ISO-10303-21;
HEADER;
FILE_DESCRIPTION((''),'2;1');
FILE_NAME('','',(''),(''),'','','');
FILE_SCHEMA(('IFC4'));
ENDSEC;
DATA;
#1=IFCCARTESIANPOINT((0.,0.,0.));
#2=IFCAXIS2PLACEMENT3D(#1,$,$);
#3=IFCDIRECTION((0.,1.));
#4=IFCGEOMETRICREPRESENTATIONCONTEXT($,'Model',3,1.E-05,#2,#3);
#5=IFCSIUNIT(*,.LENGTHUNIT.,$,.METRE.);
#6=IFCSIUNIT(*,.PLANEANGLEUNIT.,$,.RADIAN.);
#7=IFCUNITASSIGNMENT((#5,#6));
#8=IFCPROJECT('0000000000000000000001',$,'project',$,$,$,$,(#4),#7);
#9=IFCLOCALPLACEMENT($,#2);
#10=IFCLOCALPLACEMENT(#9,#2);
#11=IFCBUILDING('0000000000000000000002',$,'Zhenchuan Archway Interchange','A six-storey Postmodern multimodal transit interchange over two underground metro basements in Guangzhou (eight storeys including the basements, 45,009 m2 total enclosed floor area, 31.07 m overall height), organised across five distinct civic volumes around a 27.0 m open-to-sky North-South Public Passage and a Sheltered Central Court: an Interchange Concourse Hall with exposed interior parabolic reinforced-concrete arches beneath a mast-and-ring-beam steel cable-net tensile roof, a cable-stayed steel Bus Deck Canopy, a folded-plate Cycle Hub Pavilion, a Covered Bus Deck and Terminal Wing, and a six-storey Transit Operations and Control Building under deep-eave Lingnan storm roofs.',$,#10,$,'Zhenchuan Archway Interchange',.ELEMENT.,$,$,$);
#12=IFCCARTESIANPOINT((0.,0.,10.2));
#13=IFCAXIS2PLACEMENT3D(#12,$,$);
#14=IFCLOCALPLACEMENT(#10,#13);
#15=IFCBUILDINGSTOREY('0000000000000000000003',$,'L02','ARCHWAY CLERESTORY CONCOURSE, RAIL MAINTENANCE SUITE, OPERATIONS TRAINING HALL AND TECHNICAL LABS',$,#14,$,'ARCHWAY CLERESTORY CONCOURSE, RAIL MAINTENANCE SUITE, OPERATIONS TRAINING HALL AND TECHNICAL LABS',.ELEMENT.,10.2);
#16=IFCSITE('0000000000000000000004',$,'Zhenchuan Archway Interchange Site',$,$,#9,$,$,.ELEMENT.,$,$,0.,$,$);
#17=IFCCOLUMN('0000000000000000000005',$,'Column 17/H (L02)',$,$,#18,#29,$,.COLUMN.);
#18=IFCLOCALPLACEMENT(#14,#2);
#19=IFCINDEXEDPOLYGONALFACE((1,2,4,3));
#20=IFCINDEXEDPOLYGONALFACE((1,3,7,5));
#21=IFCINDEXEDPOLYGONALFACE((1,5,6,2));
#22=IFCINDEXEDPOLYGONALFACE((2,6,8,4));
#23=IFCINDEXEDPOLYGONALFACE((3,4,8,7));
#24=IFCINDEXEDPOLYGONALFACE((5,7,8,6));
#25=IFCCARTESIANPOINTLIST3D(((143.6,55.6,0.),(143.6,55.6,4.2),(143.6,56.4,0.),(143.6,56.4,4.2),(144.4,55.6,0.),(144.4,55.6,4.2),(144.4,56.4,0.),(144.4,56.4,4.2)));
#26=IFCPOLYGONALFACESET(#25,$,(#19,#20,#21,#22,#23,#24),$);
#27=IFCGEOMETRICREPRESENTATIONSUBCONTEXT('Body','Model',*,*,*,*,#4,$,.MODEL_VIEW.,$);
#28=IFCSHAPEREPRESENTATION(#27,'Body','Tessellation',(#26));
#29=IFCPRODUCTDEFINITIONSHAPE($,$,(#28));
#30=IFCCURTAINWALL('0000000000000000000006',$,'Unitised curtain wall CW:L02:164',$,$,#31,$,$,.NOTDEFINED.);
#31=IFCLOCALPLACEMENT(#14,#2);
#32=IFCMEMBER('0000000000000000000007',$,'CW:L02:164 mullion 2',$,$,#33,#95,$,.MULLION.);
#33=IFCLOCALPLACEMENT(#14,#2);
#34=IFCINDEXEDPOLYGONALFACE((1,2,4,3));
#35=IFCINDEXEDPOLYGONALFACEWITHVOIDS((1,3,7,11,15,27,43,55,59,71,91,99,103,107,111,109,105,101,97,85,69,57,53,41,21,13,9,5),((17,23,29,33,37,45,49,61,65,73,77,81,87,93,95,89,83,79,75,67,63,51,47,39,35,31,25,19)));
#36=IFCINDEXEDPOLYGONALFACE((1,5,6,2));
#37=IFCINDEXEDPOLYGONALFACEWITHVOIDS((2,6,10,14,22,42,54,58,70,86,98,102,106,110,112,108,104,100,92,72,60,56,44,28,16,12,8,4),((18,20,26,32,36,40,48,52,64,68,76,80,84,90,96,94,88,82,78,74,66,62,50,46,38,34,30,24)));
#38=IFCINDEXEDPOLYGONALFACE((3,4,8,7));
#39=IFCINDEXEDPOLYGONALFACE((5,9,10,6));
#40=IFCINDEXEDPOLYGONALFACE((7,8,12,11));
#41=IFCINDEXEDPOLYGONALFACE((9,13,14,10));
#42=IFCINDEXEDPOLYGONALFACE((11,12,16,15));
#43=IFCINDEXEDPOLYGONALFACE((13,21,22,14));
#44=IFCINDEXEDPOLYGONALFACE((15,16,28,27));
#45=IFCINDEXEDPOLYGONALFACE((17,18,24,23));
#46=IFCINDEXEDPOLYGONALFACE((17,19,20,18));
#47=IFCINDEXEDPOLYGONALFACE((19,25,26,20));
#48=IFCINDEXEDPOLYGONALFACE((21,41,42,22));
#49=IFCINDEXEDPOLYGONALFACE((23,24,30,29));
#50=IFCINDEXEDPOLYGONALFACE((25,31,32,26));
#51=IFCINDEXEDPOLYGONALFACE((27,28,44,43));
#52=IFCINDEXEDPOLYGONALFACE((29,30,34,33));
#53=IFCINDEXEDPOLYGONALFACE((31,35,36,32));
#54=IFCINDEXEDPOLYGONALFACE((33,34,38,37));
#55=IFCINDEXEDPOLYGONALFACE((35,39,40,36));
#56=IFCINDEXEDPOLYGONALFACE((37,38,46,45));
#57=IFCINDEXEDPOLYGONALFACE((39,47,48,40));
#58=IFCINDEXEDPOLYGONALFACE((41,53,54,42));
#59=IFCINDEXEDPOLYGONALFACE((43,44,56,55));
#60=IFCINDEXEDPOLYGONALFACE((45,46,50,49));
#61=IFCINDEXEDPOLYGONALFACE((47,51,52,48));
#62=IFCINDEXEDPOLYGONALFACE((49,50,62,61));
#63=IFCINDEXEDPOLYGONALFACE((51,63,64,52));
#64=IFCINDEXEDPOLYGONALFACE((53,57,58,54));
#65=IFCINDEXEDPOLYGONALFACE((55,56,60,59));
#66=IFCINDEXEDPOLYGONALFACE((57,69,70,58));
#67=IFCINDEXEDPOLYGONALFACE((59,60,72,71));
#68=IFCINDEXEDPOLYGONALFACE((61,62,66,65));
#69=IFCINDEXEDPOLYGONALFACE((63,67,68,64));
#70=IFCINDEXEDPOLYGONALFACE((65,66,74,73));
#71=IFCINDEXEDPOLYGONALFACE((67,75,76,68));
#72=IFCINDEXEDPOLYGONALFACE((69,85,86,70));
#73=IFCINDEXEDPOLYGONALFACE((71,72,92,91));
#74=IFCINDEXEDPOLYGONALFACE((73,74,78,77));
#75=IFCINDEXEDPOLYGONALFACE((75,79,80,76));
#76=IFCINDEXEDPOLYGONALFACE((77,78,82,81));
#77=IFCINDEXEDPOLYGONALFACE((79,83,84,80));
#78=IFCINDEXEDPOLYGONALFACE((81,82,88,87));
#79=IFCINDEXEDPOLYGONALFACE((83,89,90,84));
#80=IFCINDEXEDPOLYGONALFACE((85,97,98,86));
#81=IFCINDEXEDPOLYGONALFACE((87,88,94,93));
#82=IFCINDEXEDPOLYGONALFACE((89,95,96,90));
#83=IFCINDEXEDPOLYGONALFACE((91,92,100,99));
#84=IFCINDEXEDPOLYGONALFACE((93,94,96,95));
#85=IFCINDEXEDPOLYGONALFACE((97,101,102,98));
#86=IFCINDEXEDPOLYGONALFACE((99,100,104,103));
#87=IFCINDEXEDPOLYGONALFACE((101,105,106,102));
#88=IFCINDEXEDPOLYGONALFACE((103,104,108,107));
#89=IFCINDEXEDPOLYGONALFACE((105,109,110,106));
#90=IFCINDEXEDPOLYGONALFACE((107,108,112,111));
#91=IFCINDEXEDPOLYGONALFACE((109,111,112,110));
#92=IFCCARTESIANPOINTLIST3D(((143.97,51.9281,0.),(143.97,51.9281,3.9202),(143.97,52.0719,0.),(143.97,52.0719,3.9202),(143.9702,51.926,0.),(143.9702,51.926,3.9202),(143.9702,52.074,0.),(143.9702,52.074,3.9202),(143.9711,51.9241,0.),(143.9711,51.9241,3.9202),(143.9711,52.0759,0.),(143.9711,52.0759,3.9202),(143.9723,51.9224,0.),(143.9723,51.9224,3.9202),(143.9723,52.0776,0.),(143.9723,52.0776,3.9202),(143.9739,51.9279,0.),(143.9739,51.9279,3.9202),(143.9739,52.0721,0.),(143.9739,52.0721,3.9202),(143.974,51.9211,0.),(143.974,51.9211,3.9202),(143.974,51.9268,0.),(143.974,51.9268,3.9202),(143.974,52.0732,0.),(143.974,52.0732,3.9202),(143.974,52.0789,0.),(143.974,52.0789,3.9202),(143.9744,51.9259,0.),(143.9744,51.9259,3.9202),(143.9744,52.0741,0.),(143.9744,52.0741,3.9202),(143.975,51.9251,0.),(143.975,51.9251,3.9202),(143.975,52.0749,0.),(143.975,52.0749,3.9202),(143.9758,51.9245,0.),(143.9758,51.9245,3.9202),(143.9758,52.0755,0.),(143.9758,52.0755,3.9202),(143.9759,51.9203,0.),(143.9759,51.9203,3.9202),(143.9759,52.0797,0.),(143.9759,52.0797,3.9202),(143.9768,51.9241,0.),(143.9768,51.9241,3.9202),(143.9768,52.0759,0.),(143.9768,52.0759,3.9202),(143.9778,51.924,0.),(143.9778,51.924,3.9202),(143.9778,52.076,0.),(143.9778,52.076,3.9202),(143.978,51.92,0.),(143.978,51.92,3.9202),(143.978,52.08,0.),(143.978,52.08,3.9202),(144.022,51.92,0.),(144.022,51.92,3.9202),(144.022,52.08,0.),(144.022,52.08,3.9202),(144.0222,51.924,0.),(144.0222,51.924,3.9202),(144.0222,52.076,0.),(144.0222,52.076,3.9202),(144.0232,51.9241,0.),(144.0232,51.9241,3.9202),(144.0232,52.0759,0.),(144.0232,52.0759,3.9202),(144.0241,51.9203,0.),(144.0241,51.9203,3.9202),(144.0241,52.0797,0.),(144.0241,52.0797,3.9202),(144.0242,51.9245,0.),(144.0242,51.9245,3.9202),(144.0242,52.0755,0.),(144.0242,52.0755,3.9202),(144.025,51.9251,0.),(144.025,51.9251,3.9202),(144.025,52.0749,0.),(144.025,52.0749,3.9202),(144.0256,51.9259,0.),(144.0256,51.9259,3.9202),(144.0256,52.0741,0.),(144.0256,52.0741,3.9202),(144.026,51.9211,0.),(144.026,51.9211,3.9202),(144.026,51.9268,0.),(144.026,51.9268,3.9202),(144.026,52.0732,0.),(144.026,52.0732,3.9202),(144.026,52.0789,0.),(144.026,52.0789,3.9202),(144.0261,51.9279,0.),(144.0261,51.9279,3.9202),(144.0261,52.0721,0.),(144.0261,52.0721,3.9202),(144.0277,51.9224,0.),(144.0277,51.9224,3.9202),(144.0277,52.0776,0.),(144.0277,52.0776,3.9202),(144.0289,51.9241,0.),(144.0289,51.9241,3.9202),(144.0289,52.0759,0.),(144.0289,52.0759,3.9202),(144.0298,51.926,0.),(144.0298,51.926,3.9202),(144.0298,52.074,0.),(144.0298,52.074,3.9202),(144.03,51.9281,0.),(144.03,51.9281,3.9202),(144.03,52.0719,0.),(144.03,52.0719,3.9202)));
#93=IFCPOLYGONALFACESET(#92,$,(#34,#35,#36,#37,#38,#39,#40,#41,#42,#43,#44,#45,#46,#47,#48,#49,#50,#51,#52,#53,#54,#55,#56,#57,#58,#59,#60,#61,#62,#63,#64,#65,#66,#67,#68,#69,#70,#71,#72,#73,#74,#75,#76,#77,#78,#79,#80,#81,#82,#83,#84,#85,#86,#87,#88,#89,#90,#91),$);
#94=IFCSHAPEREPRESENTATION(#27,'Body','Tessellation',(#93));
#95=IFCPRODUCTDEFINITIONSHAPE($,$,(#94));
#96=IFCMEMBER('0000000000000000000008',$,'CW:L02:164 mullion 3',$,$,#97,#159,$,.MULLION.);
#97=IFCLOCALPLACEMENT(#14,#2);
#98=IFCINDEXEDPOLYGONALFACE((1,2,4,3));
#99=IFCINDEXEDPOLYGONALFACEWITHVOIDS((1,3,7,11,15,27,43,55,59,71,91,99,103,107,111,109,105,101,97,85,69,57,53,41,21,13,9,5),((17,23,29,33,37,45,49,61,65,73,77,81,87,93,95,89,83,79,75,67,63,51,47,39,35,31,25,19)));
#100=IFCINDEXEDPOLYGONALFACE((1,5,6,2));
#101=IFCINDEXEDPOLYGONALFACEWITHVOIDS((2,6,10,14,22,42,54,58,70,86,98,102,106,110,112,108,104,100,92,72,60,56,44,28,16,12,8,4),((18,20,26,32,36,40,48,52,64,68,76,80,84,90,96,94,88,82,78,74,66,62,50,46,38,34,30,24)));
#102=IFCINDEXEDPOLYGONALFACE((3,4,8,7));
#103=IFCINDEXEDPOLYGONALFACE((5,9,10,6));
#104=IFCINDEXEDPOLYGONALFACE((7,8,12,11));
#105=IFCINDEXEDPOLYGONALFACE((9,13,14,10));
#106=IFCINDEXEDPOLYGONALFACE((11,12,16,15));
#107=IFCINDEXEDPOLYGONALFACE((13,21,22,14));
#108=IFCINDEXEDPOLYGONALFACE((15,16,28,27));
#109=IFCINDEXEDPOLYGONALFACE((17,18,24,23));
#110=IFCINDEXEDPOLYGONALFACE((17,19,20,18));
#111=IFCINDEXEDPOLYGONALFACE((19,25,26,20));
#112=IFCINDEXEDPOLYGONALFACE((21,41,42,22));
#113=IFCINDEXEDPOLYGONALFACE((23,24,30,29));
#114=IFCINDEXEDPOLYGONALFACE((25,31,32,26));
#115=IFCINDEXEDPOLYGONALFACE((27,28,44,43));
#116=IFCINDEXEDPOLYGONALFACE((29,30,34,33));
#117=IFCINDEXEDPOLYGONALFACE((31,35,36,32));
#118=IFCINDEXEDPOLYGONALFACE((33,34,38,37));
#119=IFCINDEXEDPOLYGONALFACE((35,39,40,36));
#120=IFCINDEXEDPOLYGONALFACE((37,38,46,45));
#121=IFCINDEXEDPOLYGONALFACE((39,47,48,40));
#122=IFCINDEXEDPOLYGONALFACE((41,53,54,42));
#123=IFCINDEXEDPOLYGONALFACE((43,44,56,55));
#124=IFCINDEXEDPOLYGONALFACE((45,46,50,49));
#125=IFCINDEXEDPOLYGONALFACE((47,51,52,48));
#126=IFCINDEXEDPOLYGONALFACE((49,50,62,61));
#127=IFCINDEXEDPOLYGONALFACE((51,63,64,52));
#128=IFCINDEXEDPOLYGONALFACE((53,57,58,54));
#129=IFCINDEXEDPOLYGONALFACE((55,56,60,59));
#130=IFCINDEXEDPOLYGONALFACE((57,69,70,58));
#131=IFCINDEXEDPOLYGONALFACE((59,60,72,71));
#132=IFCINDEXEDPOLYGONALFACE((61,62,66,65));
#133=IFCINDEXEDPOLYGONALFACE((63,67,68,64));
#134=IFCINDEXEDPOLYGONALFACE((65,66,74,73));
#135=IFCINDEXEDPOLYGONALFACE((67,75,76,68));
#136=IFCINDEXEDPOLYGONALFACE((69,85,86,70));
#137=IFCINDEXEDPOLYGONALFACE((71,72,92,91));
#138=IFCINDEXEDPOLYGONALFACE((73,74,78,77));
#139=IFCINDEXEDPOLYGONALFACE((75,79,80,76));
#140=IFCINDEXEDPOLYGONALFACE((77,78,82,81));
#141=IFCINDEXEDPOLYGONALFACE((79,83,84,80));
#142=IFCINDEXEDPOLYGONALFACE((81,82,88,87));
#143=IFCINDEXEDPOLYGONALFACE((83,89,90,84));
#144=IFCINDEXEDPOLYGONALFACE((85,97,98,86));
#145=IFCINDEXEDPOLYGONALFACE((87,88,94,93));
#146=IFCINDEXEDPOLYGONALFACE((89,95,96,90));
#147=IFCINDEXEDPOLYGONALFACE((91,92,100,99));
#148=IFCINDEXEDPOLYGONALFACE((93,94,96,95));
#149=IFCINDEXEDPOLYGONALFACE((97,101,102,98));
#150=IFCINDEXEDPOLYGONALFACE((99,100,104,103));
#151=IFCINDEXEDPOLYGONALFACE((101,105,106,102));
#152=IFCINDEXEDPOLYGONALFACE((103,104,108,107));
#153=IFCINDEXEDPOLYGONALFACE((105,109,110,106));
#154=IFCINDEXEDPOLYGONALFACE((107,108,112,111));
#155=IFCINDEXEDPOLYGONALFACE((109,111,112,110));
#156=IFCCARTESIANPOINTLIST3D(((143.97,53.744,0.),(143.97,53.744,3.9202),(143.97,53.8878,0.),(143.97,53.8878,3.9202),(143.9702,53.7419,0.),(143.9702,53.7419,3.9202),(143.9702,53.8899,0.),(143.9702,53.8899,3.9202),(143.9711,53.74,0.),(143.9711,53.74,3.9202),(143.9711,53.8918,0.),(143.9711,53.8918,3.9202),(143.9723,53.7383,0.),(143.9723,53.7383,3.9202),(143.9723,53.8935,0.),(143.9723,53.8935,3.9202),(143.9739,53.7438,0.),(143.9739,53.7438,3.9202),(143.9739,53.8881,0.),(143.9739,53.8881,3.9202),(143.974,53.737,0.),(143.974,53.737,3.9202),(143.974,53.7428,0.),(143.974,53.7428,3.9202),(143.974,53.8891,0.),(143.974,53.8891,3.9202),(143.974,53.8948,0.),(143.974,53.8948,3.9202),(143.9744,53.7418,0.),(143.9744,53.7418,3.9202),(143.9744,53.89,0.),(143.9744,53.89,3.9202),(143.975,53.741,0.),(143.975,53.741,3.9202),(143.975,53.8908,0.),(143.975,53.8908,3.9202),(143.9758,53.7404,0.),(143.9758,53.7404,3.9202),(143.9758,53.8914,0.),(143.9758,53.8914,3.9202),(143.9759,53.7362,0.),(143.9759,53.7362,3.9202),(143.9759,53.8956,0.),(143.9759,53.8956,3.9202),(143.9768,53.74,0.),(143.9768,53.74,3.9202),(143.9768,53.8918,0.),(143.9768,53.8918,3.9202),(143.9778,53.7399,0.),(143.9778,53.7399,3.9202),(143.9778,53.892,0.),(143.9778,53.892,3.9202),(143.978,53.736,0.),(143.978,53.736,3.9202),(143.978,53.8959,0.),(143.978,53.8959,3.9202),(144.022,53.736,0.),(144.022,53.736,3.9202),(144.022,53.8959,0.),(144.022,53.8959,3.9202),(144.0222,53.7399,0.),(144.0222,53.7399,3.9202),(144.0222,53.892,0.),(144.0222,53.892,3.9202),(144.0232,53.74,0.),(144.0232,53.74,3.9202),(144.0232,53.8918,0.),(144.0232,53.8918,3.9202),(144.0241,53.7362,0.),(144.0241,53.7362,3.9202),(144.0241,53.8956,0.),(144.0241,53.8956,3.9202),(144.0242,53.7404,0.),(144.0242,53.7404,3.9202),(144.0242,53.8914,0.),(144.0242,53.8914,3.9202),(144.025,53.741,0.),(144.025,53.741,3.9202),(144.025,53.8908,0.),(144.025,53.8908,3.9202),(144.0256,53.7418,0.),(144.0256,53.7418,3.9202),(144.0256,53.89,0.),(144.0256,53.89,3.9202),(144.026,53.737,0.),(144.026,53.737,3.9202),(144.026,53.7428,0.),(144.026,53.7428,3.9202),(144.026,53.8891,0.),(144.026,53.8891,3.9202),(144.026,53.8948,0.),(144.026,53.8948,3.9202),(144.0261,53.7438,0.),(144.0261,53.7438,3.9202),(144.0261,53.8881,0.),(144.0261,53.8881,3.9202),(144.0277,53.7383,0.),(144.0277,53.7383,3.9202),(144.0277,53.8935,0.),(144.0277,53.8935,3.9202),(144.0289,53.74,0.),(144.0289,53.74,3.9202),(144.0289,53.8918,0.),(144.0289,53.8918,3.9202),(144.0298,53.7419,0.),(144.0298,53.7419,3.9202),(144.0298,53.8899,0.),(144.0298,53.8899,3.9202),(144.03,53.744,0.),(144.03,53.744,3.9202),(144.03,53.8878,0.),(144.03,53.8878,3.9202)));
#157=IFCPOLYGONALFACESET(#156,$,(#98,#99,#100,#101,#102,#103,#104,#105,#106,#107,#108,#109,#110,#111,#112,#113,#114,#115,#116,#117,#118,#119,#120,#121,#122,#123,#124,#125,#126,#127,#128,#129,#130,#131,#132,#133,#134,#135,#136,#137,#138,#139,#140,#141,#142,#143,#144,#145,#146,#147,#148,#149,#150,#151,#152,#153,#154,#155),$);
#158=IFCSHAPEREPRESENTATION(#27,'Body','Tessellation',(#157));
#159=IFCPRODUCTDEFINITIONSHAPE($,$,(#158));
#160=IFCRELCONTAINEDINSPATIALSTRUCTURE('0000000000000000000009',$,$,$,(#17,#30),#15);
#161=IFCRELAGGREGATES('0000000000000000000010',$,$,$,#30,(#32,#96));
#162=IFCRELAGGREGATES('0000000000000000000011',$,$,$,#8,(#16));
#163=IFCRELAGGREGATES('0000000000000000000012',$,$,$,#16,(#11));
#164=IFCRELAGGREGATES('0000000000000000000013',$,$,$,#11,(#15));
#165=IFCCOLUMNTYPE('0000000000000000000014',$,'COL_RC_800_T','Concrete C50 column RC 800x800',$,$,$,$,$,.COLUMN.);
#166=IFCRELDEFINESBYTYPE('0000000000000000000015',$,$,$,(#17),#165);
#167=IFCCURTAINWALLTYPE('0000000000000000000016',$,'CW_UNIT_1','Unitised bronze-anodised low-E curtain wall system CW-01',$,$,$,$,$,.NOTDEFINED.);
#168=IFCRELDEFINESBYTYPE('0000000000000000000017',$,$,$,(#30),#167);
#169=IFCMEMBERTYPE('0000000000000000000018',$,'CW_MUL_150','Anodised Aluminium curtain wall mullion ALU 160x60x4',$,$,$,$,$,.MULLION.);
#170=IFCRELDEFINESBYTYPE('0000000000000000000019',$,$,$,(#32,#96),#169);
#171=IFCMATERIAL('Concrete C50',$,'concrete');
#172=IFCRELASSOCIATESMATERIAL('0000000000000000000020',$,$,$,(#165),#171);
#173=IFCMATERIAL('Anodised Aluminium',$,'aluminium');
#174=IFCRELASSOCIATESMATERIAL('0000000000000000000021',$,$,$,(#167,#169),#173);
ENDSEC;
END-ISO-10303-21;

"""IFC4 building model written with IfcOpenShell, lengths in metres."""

from ifc_helpers import new_model, si_unit, direction, frame, origin, origin_2d, place, context, subcontext, project, spatial, rectangle, hollow_rectangle, extrude, material, material_profile, profile_set, type_object, element, aggregate, save


model = new_model("IFC4")

# Units and contexts
model_context = context("Model", 3, precision=1e-05, world=origin(), true_north=direction((0.0, 1.0)))
body_context = subcontext(model_context, "Body", "Model", "MODEL_VIEW")
ifc_project = project(units=[si_unit("LENGTHUNIT", "METRE"), si_unit("PLANEANGLEUNIT", "RADIAN")], contexts=[model_context])

# Site, building, storey
site_placement = place(None, origin())
site = spatial("IfcSite", under=ifc_project, at=site_placement, Name="Zhenchuan Archway Interchange Site", CompositionType="ELEMENT", RefElevation=0.0)
building_placement = place(site_placement, origin())
building = spatial("IfcBuilding", under=site, at=building_placement, Name="Zhenchuan Archway Interchange", Description="A six-storey Postmodern multimodal transit interchange over two underground metro basements in Guangzhou (eight storeys including the basements, 45,009 m2 total enclosed floor area, 31.07 m overall height), organised across five distinct civic volumes around a 27.0 m open-to-sky North-South Public Passage and a Sheltered Central Court: an Interchange Concourse Hall with exposed interior parabolic reinforced-concrete arches beneath a mast-and-ring-beam steel cable-net tensile roof, a cable-stayed steel Bus Deck Canopy, a folded-plate Cycle Hub Pavilion, a Covered Bus Deck and Terminal Wing, and a six-storey Transit Operations and Control Building under deep-eave Lingnan storm roofs.", LongName="Zhenchuan Archway Interchange", CompositionType="ELEMENT")
storey_placement = place(building_placement, frame((0.0, 0.0, 10.2)))
storey = spatial("IfcBuildingStorey", under=building, at=storey_placement, Name="L02", Description="ARCHWAY CLERESTORY CONCOURSE, RAIL MAINTENANCE SUITE, OPERATIONS TRAINING HALL AND TECHNICAL LABS", LongName="ARCHWAY CLERESTORY CONCOURSE, RAIL MAINTENANCE SUITE, OPERATIONS TRAINING HALL AND TECHNICAL LABS", CompositionType="ELEMENT", Elevation=10.2)

# Column
ifc_material_1 = material(Name="Concrete C50", Category="concrete")
ifc_material_profile_1 = material_profile(ifc_material_1, rectangle(XDim=0.8, YDim=0.8, at=origin_2d()), Name="RC 800x800")
ifc_profile_set_1 = profile_set([ifc_material_profile_1], Name="Concrete C50")
column_type = type_object("IfcColumnType", Name="COL_RC_800_T", Description="Concrete C50 column RC 800x800", PredefinedType="COLUMN", material=ifc_profile_set_1)
column_placement = place(storey_placement, frame((144.0, 56.0, 0.0), z_axis=(0.0, 0.0, 1.0), x_axis=(1.0, 0.0, 0.0)))
element("IfcColumn", 1, at=column_placement, inside=storey, type_object=column_type, Name="Column 17/H (L02)", PredefinedType="COLUMN", context=body_context, shape_type="SweptSolid", body=[
    extrude(rectangle(XDim=0.8, YDim=0.8, at=origin_2d()), origin(), (0.0, 0.0, 1.0), 4.2),
])

# Curtain wall, members
ifc_material_2 = material(Name="Anodised Aluminium", Category="aluminium")
curtain_wall_type = type_object("IfcCurtainWallType", Name="CW_UNIT_1", Description="Unitised bronze-anodised low-E curtain wall system CW-01", PredefinedType="NOTDEFINED", material=ifc_material_2)
curtain_wall_placement = place(storey_placement, origin())
curtain_wall = element("IfcCurtainWall", 2, at=curtain_wall_placement, inside=storey, type_object=curtain_wall_type, Name="Unitised curtain wall CW:L02:164", PredefinedType="NOTDEFINED")
ifc_material_profile_2 = material_profile(ifc_material_2, hollow_rectangle(XDim=0.0601, YDim=0.1599, WallThickness=0.0039, InnerFilletRadius=0.0039, OuterFilletRadius=0.0081, at=origin_2d()), Name="ALU 160x60x4")
ifc_profile_set_2 = profile_set([ifc_material_profile_2], Name="Anodised Aluminium")
member_type_1 = type_object("IfcMemberType", Name="CW_MUL_150", Description="Anodised Aluminium curtain wall mullion ALU 160x60x4", PredefinedType="MULLION", material=ifc_profile_set_2)
member_1_placement = place(storey_placement, frame((144.0, 52.0, 0.0), z_axis=(0.0, 0.0, 1.0), x_axis=(1.0, 0.0, 0.0)))
member_1 = element("IfcMember", 3, at=member_1_placement, type_object=member_type_1, Name="CW:L02:164 mullion 2", PredefinedType="MULLION", context=body_context, shape_type="SweptSolid", body=[
    extrude(hollow_rectangle(XDim=0.0601, YDim=0.1599, WallThickness=0.0039, InnerFilletRadius=0.0039, OuterFilletRadius=0.0081, at=origin_2d()), origin(), (0.0, 0.0, 1.0), 3.9202),
])
member_2_placement = place(storey_placement, frame((144.0, 53.8159, 0.0), z_axis=(0.0, 0.0, 1.0), x_axis=(1.0, 0.0, 0.0)))
member_2 = element("IfcMember", 4, at=member_2_placement, type_object=member_type_1, Name="CW:L02:164 mullion 3", PredefinedType="MULLION", context=body_context, shape_type="SweptSolid", body=[
    extrude(hollow_rectangle(XDim=0.0601, YDim=0.1599, WallThickness=0.0039, InnerFilletRadius=0.0039, OuterFilletRadius=0.0081, at=origin_2d()), origin(), (0.0, 0.0, 1.0), 3.9202),
])
aggregate(curtain_wall, [member_1, member_2])

save(model, "model.ifc")
